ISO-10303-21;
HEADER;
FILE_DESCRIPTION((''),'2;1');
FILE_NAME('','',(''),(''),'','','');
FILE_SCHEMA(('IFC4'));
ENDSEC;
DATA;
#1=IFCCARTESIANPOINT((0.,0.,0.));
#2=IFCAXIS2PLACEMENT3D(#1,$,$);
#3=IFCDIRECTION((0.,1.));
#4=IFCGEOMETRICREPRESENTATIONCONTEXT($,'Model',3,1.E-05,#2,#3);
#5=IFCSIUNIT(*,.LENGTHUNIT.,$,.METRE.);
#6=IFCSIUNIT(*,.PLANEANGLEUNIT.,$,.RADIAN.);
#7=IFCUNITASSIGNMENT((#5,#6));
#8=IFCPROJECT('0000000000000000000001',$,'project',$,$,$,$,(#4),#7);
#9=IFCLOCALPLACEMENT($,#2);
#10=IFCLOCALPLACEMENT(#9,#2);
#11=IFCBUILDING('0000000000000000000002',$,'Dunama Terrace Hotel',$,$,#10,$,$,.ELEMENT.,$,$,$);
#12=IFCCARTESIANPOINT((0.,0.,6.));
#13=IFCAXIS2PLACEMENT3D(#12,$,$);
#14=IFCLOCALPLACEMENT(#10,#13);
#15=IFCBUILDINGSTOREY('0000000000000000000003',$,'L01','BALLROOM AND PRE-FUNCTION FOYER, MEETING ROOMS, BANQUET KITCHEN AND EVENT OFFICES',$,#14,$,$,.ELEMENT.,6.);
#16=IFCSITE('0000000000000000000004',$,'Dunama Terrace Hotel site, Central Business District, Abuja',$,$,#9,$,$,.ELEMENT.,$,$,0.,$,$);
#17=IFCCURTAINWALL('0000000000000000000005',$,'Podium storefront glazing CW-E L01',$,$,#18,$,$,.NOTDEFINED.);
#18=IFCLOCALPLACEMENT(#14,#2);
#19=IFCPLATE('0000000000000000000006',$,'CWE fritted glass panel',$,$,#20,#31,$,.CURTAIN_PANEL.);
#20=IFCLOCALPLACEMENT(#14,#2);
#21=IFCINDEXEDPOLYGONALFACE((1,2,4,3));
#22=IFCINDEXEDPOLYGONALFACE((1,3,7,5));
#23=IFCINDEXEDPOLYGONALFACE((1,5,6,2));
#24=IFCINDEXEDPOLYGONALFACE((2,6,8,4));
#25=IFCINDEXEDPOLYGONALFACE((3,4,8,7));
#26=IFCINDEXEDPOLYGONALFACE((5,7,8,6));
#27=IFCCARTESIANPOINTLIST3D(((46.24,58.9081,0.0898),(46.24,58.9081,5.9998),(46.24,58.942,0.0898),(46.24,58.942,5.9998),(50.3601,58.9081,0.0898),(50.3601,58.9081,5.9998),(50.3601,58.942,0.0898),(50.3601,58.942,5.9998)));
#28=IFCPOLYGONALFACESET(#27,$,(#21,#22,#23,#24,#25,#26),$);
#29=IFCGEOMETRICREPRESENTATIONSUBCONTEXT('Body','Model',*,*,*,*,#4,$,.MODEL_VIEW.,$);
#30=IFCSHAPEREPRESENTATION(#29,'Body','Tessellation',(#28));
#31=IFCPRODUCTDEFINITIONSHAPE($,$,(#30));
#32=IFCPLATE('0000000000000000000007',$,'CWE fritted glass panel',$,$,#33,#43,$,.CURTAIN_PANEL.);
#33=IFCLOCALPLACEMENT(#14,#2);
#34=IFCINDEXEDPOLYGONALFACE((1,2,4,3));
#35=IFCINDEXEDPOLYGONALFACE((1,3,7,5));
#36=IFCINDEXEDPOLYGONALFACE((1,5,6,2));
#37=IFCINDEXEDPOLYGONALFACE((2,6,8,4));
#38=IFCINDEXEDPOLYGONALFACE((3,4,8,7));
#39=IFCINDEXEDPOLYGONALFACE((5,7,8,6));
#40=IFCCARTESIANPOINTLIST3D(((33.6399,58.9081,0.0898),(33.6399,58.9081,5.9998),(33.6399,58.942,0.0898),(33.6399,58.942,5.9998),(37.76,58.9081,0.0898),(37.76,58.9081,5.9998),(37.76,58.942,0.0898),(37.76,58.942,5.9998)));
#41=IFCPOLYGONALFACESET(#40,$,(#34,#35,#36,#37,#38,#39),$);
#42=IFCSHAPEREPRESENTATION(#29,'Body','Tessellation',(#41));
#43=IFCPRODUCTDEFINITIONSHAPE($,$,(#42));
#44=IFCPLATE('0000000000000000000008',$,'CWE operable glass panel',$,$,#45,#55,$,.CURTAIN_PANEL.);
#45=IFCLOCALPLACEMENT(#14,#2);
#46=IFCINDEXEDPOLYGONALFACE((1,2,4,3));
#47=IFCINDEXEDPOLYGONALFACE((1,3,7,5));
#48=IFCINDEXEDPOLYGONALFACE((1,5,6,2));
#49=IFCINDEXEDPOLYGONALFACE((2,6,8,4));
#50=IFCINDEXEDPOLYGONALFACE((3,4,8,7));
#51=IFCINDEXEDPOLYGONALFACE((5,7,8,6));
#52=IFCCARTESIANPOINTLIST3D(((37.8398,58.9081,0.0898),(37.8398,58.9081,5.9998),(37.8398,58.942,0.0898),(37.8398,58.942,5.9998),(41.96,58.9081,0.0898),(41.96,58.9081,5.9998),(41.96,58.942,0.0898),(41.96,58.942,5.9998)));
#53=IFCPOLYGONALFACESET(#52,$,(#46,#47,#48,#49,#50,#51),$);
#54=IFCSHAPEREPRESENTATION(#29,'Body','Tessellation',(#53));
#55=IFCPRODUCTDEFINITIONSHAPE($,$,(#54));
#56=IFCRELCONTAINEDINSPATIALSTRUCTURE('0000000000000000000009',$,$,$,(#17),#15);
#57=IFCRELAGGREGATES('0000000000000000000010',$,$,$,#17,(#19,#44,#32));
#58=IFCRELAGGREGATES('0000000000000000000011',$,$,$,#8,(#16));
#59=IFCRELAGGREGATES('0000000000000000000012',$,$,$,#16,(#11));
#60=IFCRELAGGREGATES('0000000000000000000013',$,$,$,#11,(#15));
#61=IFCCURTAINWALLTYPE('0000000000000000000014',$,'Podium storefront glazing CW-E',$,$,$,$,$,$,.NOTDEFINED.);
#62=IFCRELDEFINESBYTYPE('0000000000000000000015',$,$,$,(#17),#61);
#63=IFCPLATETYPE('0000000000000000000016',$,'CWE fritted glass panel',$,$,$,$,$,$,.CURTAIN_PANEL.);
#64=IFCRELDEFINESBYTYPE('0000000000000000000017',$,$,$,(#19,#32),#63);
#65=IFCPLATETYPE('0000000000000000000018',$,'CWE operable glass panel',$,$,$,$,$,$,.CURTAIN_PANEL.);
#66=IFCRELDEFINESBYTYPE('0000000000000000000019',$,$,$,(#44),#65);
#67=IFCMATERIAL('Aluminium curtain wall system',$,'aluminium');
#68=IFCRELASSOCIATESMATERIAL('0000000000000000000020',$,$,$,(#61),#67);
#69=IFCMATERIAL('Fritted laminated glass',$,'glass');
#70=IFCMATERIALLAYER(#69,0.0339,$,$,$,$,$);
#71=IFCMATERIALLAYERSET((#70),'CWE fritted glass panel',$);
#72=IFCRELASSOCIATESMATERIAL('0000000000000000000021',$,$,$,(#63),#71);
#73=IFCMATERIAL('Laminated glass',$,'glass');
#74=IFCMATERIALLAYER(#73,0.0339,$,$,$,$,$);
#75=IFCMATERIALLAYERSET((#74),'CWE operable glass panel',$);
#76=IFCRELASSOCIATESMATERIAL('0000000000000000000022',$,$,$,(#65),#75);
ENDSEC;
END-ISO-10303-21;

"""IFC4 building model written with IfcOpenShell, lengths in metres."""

from ifc_helpers import new_model, si_unit, direction, frame, origin, origin_2d, place, context, subcontext, project, spatial, rectangle, extrude, material, layer, layer_set, type_object, element, aggregate, save


model = new_model("IFC4")

# Units and contexts
model_context = context("Model", 3, precision=1e-05, world=origin(), true_north=direction((0.0, 1.0)))
body_context = subcontext(model_context, "Body", "Model", "MODEL_VIEW")
ifc_project = project(units=[si_unit("LENGTHUNIT", "METRE"), si_unit("PLANEANGLEUNIT", "RADIAN")], contexts=[model_context])

# Site, building, storey
site_placement = place(None, origin())
site = spatial("IfcSite", under=ifc_project, at=site_placement, Name="Dunama Terrace Hotel site, Central Business District, Abuja", CompositionType="ELEMENT", RefElevation=0.0)
building_placement = place(site_placement, origin())
building = spatial("IfcBuilding", under=site, at=building_placement, Name="Dunama Terrace Hotel", CompositionType="ELEMENT")
storey_placement = place(building_placement, frame((0.0, 0.0, 6.0)))
storey = spatial("IfcBuildingStorey", under=building, at=storey_placement, Name="L01", Description="BALLROOM AND PRE-FUNCTION FOYER, MEETING ROOMS, BANQUET KITCHEN AND EVENT OFFICES", CompositionType="ELEMENT", Elevation=6.0)

# Curtain wall, plates
ifc_material_1 = material(Name="Aluminium curtain wall system", Category="aluminium")
curtain_wall_type = type_object("IfcCurtainWallType", Name="Podium storefront glazing CW-E", PredefinedType="NOTDEFINED", material=ifc_material_1)
curtain_wall_placement = place(storey_placement, origin())
curtain_wall = element("IfcCurtainWall", 1, at=curtain_wall_placement, inside=storey, type_object=curtain_wall_type, Name="Podium storefront glazing CW-E L01", PredefinedType="NOTDEFINED")
ifc_material_2 = material(Name="Fritted laminated glass", Category="glass")
ifc_layer_1 = layer(ifc_material_2, 0.0339)
ifc_layer_set_1 = layer_set([ifc_layer_1], Name="CWE fritted glass panel")
plate_type_1 = type_object("IfcPlateType", Name="CWE fritted glass panel", PredefinedType="CURTAIN_PANEL", material=ifc_layer_set_1)
plate_1_placement = place(storey_placement, frame((48.3, 58.925, 0.0898), z_axis=(0.0, 0.0, 1.0), x_axis=(-1.0, 0.0, 0.0)))
plate_1 = element("IfcPlate", 2, at=plate_1_placement, type_object=plate_type_1, Name="CWE fritted glass panel", PredefinedType="CURTAIN_PANEL", context=body_context, shape_type="SweptSolid", body=[
    extrude(rectangle(XDim=4.1201, YDim=0.0339, at=origin_2d()), origin(), (0.0, 0.0, 1.0), 5.9099),
])
plate_2_placement = place(storey_placement, frame((35.7, 58.925, 0.0898), z_axis=(0.0, 0.0, 1.0), x_axis=(-1.0, 0.0, 0.0)))
plate_2 = element("IfcPlate", 3, at=plate_2_placement, type_object=plate_type_1, Name="CWE fritted glass panel", PredefinedType="CURTAIN_PANEL", context=body_context, shape_type="SweptSolid", body=[
    extrude(rectangle(XDim=4.1201, YDim=0.0339, at=origin_2d()), origin(), (0.0, 0.0, 1.0), 5.9099),
])
ifc_material_3 = material(Name="Laminated glass", Category="glass")
ifc_layer_2 = layer(ifc_material_3, 0.0339)
ifc_layer_set_2 = layer_set([ifc_layer_2], Name="CWE operable glass panel")
plate_type_2 = type_object("IfcPlateType", Name="CWE operable glass panel", PredefinedType="CURTAIN_PANEL", material=ifc_layer_set_2)
plate_3_placement = place(storey_placement, frame((39.8999, 58.925, 0.0898), z_axis=(0.0, 0.0, 1.0), x_axis=(-1.0, 0.0, 0.0)))
plate_3 = element("IfcPlate", 4, at=plate_3_placement, type_object=plate_type_2, Name="CWE operable glass panel", PredefinedType="CURTAIN_PANEL", context=body_context, shape_type="SweptSolid", body=[
    extrude(rectangle(XDim=4.1201, YDim=0.0339, at=origin_2d()), origin(), (0.0, 0.0, 1.0), 5.9099),
])
aggregate(curtain_wall, [plate_1, plate_3, plate_2])

save(model, "model.ifc")
